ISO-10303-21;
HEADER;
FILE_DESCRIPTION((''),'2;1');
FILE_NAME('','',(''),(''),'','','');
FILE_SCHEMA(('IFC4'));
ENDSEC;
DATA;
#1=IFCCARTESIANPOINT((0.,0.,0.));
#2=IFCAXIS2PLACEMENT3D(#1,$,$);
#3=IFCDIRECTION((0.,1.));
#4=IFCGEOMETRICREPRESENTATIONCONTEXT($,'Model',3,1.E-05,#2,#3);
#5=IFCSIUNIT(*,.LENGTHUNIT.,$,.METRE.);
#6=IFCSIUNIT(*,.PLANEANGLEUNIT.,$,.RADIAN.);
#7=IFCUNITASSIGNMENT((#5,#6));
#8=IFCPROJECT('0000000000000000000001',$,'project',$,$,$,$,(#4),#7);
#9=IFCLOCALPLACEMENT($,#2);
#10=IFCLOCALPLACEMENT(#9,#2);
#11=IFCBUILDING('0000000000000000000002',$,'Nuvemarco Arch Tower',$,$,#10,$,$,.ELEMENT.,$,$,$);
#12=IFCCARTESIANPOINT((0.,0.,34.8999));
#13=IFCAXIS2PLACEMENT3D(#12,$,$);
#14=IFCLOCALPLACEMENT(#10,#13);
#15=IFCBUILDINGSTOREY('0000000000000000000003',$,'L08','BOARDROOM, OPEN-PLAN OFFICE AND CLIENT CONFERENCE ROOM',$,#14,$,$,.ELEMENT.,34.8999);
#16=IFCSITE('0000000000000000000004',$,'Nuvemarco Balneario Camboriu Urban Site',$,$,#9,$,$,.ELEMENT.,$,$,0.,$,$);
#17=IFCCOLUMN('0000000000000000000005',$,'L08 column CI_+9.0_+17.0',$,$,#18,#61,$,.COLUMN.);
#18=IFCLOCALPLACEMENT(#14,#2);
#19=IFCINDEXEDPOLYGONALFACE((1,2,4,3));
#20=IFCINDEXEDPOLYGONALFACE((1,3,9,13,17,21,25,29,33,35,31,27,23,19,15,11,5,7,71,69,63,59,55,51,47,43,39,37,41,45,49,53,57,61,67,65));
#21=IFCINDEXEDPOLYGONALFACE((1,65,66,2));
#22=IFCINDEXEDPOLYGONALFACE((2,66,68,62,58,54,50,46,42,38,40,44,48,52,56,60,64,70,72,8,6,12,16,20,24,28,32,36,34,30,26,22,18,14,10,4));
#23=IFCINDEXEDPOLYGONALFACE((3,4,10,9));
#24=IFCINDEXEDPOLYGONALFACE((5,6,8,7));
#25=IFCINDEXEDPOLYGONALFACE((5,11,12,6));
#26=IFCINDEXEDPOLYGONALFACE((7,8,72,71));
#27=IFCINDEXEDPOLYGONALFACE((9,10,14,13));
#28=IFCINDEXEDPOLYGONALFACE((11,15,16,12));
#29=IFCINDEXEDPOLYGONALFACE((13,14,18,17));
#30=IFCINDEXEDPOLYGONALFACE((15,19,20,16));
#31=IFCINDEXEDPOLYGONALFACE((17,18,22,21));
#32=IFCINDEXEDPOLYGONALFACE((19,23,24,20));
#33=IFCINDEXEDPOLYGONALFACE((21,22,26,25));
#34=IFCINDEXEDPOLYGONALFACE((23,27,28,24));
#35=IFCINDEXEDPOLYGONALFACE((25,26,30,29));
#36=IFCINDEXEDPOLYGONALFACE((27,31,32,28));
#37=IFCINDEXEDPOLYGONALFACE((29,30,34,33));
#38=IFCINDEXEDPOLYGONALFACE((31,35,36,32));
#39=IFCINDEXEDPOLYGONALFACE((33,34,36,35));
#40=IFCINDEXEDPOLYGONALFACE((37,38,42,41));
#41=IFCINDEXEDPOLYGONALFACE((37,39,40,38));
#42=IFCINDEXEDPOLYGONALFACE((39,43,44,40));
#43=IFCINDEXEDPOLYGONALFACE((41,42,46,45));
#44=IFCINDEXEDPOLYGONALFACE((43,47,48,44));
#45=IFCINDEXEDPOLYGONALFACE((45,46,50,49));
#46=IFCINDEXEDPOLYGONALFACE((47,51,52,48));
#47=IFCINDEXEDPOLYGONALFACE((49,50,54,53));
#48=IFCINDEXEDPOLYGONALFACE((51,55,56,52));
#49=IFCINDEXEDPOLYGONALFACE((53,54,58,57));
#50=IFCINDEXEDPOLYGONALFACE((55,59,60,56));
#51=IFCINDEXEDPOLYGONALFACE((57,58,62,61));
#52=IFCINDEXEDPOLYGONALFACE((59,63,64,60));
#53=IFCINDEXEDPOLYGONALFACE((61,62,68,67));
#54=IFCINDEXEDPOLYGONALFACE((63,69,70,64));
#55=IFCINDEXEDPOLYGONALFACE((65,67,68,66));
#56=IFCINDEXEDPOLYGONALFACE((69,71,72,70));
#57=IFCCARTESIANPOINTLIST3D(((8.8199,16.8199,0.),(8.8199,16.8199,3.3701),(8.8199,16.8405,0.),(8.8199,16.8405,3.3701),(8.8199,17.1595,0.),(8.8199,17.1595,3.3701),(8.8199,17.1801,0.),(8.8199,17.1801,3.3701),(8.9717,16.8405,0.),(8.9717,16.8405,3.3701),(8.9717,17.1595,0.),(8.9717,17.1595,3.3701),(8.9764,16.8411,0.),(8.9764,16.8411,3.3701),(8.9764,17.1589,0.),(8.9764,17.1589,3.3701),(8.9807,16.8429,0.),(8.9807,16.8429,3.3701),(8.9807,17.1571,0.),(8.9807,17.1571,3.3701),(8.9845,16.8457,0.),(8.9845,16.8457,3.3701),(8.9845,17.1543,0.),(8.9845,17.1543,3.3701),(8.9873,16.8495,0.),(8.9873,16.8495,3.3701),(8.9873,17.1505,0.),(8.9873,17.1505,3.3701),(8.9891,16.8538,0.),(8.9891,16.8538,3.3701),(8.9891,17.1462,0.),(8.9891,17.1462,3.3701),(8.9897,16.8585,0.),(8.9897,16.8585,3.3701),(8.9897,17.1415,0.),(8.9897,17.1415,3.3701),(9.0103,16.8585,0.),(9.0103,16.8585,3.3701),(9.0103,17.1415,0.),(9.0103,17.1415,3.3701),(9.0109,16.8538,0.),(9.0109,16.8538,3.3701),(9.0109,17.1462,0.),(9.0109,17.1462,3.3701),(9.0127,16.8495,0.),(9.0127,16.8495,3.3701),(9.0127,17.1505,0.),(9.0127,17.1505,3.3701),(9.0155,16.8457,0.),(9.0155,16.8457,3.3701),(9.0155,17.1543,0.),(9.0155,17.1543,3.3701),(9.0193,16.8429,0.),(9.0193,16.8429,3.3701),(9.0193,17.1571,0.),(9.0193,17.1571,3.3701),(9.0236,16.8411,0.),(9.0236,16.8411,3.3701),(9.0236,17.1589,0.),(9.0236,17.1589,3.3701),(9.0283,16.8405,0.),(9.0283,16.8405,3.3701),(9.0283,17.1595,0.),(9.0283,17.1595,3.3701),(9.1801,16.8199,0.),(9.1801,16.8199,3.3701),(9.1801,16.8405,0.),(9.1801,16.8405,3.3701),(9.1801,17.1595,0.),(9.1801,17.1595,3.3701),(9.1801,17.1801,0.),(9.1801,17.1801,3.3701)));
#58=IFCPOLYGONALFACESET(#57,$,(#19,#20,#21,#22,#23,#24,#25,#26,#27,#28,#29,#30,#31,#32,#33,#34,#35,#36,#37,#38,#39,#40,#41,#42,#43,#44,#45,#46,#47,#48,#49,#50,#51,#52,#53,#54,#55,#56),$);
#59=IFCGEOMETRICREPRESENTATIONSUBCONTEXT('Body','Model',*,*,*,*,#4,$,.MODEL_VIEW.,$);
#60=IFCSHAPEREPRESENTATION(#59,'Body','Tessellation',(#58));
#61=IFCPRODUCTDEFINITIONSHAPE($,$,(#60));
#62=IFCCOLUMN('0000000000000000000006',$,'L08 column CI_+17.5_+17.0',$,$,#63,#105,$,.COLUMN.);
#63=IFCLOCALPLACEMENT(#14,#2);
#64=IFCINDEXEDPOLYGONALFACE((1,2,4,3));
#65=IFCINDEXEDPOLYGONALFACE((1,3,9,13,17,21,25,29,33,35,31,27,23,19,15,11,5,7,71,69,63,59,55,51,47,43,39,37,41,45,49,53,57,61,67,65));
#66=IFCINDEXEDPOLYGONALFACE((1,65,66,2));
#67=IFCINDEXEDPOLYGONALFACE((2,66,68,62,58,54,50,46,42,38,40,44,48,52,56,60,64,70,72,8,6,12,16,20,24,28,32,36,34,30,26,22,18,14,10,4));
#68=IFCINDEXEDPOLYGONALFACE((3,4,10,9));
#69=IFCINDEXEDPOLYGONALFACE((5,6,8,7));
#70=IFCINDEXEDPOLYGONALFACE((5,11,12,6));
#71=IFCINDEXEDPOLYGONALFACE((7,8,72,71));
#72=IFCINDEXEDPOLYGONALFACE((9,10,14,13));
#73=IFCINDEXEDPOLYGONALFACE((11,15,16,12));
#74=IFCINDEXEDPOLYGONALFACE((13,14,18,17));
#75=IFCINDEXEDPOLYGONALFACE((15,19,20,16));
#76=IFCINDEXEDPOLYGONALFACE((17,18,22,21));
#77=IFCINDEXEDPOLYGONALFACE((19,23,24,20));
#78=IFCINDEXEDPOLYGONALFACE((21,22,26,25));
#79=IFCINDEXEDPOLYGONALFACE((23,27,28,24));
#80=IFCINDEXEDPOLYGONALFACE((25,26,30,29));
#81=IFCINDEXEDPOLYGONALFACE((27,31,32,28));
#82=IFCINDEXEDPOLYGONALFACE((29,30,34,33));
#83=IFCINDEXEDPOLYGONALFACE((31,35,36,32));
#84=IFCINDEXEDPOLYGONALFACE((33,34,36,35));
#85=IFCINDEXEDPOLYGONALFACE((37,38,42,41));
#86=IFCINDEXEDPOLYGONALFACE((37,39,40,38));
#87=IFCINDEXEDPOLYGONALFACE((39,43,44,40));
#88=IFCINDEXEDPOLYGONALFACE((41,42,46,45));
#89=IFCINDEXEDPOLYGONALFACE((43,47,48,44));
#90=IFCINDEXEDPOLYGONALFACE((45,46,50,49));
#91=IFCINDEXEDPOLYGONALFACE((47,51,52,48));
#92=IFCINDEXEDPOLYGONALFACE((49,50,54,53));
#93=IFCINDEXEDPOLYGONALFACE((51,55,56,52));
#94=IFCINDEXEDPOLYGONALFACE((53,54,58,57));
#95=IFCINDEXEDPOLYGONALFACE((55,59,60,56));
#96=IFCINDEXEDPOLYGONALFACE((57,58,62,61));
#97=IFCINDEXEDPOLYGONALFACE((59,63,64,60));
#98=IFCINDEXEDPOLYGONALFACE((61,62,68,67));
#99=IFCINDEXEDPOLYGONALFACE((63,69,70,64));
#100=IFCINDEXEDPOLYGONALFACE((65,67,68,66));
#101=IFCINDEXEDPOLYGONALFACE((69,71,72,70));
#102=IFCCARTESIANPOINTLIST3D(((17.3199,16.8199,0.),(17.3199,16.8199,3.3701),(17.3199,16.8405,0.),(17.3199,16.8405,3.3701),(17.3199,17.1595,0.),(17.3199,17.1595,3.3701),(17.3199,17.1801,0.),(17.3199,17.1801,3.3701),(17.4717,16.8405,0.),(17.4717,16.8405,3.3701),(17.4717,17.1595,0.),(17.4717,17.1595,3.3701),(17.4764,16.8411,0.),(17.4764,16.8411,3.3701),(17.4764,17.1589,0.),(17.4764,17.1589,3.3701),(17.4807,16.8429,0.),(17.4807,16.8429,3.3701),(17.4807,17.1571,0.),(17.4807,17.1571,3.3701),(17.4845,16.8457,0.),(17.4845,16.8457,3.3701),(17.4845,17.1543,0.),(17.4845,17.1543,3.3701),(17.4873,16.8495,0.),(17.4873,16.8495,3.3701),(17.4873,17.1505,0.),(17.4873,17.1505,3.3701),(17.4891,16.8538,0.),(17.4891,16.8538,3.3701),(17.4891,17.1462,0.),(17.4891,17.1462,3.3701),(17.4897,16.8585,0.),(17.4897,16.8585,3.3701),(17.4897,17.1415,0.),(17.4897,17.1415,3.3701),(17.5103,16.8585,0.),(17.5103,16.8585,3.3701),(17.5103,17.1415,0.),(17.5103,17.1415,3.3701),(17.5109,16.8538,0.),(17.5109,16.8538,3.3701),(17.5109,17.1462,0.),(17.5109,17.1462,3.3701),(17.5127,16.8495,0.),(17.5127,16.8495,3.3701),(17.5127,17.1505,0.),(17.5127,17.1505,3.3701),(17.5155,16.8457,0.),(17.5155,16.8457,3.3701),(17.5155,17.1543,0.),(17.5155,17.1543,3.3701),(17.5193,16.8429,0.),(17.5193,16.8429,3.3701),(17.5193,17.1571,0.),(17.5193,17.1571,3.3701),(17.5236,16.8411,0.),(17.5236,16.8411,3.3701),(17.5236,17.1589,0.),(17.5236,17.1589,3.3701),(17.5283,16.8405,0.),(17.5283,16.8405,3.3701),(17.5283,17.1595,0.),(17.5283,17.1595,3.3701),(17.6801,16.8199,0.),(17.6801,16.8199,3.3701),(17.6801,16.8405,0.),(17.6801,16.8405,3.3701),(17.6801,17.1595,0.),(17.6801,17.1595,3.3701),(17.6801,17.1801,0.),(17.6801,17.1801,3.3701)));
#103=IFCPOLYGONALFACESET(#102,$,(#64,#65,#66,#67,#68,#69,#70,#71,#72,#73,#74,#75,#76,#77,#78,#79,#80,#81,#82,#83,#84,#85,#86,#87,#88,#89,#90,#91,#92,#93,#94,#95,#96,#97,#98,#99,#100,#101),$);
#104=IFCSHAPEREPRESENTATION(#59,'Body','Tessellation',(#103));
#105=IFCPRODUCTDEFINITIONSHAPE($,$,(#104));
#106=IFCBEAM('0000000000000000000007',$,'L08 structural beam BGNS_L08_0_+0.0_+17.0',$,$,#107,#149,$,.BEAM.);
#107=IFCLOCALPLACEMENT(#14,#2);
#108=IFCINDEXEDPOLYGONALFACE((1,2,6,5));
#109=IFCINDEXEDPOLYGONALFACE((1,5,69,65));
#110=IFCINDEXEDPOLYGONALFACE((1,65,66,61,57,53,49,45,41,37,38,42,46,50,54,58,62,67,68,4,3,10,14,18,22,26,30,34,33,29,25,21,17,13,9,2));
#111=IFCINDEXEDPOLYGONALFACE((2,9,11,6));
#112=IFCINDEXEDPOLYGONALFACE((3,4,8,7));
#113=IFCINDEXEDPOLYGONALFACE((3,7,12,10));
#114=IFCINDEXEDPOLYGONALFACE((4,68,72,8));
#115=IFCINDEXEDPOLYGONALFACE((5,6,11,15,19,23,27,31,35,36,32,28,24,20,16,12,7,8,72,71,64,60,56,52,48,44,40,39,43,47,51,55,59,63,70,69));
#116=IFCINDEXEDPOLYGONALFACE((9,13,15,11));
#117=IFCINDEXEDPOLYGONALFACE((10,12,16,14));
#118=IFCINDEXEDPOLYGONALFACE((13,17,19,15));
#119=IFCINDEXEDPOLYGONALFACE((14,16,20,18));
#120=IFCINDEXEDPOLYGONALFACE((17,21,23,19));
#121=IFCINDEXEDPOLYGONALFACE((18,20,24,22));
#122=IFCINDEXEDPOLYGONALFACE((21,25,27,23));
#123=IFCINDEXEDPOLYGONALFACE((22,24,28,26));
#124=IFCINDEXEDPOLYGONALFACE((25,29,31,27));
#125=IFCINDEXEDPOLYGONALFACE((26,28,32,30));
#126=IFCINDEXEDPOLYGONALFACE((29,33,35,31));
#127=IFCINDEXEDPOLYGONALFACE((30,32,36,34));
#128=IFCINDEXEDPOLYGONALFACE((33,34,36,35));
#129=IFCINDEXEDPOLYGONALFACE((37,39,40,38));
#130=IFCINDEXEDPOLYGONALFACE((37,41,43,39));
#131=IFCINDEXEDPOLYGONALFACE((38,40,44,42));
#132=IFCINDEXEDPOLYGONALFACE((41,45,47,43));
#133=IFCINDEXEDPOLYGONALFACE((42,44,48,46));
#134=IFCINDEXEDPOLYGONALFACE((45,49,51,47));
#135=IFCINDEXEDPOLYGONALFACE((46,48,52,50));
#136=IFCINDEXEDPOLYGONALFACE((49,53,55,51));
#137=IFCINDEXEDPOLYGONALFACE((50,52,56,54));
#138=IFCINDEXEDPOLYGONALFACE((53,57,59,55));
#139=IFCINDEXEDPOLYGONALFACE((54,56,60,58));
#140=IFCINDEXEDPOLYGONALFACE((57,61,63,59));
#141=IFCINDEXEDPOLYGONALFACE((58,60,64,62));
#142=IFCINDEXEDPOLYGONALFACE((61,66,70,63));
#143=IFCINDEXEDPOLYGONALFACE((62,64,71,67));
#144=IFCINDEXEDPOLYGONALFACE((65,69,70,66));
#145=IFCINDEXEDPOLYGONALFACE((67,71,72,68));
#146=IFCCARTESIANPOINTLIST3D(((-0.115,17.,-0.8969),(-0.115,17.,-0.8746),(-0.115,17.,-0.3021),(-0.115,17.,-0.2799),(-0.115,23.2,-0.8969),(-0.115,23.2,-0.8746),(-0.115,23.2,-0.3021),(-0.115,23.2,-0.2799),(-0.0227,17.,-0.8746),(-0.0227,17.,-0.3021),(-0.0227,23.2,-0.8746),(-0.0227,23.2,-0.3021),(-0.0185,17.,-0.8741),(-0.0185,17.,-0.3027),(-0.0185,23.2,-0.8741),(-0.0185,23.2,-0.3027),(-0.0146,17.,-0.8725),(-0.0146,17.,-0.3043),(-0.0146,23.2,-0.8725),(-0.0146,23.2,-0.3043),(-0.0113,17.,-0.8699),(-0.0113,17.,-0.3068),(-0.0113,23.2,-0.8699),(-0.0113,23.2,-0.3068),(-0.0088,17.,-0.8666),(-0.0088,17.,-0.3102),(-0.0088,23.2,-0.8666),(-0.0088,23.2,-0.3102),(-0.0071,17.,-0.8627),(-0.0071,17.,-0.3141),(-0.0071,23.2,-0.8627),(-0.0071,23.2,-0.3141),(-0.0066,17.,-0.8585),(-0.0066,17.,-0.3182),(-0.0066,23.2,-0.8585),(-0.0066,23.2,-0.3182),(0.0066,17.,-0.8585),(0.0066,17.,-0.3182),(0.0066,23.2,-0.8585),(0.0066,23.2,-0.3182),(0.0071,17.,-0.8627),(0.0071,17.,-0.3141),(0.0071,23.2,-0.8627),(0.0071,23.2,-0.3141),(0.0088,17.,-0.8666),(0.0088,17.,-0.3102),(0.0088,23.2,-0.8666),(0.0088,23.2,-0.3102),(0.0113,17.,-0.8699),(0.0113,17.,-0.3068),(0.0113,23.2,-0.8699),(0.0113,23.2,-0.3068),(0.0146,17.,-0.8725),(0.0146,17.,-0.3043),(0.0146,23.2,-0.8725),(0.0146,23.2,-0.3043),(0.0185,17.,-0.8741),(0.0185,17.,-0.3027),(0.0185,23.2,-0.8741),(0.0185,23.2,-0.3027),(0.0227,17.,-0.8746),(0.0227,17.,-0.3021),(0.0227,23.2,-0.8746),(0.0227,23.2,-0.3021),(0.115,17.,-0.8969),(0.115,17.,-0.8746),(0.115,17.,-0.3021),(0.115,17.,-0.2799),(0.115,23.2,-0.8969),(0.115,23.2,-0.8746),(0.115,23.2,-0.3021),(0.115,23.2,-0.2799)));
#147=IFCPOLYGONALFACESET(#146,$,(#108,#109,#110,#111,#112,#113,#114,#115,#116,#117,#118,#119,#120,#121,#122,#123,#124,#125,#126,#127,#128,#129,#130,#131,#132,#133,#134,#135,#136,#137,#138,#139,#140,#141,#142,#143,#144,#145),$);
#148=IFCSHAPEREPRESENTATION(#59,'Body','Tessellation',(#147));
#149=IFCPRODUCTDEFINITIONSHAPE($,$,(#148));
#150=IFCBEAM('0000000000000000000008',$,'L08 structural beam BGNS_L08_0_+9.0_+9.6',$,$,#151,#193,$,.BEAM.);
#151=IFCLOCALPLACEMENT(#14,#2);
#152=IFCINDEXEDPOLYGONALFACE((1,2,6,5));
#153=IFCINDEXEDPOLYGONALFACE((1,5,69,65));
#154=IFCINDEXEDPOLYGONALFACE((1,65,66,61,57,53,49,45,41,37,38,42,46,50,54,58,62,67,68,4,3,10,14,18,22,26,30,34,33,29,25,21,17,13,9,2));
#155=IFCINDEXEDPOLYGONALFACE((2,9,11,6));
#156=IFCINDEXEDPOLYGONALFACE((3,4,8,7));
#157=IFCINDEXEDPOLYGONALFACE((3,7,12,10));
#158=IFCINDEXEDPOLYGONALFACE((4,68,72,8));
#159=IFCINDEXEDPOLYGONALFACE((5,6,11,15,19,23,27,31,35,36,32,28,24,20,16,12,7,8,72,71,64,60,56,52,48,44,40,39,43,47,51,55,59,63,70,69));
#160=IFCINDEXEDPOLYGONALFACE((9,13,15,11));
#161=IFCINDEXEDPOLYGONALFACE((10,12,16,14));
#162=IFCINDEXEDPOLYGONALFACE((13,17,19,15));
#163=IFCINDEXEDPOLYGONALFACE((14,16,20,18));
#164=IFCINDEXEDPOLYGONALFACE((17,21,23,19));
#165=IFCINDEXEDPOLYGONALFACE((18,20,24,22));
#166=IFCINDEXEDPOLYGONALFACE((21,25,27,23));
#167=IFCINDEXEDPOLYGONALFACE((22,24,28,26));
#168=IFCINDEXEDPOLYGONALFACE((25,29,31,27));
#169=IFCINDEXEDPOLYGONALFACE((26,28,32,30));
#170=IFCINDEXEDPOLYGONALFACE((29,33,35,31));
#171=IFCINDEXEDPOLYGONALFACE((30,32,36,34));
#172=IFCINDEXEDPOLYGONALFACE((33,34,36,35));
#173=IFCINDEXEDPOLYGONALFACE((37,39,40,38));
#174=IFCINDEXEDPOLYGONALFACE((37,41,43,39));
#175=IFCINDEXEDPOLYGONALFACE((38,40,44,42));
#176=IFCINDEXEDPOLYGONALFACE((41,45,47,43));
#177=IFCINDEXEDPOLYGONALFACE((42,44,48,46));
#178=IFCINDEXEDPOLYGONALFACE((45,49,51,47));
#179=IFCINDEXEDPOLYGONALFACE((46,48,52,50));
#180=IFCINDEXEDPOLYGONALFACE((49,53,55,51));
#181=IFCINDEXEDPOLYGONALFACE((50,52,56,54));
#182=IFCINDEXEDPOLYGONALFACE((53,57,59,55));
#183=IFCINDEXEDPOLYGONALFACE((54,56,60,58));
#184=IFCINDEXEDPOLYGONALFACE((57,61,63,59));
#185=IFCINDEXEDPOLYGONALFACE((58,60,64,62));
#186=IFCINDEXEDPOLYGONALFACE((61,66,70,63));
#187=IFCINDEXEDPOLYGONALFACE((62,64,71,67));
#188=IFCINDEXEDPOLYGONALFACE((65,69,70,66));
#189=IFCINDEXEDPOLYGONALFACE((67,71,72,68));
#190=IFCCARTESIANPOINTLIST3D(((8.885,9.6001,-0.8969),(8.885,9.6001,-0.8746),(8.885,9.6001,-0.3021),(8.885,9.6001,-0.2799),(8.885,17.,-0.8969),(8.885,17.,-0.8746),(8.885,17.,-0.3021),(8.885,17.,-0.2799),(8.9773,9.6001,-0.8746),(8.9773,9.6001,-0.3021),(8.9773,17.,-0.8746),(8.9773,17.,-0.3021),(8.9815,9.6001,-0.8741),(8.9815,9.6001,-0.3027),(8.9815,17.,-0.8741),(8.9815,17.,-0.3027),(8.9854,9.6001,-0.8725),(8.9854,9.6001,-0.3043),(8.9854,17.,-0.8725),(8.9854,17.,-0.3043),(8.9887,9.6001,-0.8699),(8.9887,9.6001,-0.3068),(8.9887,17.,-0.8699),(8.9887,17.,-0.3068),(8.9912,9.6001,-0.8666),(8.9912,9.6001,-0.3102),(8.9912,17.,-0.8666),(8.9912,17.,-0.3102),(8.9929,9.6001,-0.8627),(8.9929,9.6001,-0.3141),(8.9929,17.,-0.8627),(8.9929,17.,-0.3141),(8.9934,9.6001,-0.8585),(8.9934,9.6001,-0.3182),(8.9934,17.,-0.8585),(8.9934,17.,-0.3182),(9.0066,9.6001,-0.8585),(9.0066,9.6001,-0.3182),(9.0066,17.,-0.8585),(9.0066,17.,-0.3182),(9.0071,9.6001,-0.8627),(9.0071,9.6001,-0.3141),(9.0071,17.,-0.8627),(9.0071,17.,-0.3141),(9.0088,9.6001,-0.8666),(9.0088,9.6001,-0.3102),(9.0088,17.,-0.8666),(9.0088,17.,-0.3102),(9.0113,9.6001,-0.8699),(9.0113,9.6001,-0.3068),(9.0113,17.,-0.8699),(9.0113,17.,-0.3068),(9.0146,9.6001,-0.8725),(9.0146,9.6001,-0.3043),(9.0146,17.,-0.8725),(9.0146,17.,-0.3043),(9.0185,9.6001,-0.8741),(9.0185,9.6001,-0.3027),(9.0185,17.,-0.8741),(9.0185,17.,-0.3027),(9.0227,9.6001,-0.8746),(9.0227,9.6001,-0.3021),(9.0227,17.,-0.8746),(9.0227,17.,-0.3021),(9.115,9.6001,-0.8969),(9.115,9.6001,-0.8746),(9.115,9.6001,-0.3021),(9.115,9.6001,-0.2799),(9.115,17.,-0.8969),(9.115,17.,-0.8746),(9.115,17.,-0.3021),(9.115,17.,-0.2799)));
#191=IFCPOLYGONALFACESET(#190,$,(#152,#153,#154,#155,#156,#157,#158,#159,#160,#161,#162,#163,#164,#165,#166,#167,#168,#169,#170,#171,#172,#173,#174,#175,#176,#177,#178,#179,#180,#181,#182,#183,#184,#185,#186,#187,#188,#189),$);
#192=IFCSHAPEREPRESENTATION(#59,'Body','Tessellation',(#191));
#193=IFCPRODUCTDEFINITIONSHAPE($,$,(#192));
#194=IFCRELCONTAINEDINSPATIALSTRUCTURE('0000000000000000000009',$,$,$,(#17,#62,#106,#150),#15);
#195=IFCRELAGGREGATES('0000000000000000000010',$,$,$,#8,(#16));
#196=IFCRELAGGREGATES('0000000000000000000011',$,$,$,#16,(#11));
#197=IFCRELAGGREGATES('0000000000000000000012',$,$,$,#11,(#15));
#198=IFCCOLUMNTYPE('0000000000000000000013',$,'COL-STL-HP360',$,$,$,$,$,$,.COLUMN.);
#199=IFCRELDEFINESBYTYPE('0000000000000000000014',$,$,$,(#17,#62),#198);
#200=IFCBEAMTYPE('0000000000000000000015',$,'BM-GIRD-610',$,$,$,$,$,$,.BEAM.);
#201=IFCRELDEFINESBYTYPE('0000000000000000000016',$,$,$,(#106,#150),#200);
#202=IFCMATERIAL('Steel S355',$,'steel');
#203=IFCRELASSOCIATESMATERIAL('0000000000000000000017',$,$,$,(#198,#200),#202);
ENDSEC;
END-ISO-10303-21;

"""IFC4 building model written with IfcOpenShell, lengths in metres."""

from ifc_helpers import new_model, si_unit, direction, frame, origin, origin_2d, place, context, subcontext, project, spatial, i_section, extrude, material, material_profile, profile_set, type_object, element, save


model = new_model("IFC4")

# Units and contexts
model_context = context("Model", 3, precision=1e-05, world=origin(), true_north=direction((0.0, 1.0)))
body_context = subcontext(model_context, "Body", "Model", "MODEL_VIEW")
ifc_project = project(units=[si_unit("LENGTHUNIT", "METRE"), si_unit("PLANEANGLEUNIT", "RADIAN")], contexts=[model_context])

# Site, building, storey
site_placement = place(None, origin())
site = spatial("IfcSite", under=ifc_project, at=site_placement, Name="Nuvemarco Balneario Camboriu Urban Site", CompositionType="ELEMENT", RefElevation=0.0)
building_placement = place(site_placement, origin())
building = spatial("IfcBuilding", under=site, at=building_placement, Name="Nuvemarco Arch Tower", CompositionType="ELEMENT")
storey_placement = place(building_placement, frame((0.0, 0.0, 34.8999)))
storey = spatial("IfcBuildingStorey", under=building, at=storey_placement, Name="L08", Description="BOARDROOM, OPEN-PLAN OFFICE AND CLIENT CONFERENCE ROOM", CompositionType="ELEMENT", Elevation=34.8999)

# Columns
ifc_material_1 = material(Name="Steel S355", Category="steel")
ifc_material_profile_1 = material_profile(ifc_material_1, i_section(OverallWidth=0.3601, OverallDepth=0.3601, WebThickness=0.0205, FlangeThickness=0.0205, FilletRadius=0.0181, at=origin_2d()), Name="HP360x174")
ifc_profile_set_1 = profile_set([ifc_material_profile_1], Name="Steel S355")
column_type_1 = type_object("IfcColumnType", Name="COL-STL-HP360", PredefinedType="COLUMN", material=ifc_profile_set_1)
for number, where, z_axis, x_axis, name in (
    (1, (9.0, 17.0, 0.0), (0.0, 0.0, 1.0), (1.0, 0.0, 0.0), "L08 column CI_+9.0_+17.0"),
    (2, (17.5, 17.0, 0.0), (0.0, 0.0, 1.0), (1.0, 0.0, 0.0), "L08 column CI_+17.5_+17.0"),
):
    element("IfcColumn", number, at=place(storey_placement, frame(where, z_axis=z_axis, x_axis=x_axis)), inside=storey, type_object=column_type_1, Name=name, PredefinedType="COLUMN", context=body_context, shape_type="SweptSolid", body=[
        extrude(i_section(OverallWidth=0.3601, OverallDepth=0.3601, WebThickness=0.0205, FlangeThickness=0.0205, FilletRadius=0.0181, at=origin_2d()), origin(), (0.0, 0.0, 1.0), 3.3701),
    ])

# Beams
ifc_material_profile_2 = material_profile(ifc_material_1, i_section(OverallWidth=0.23, OverallDepth=0.6169, WebThickness=0.0132, FlangeThickness=0.0222, FilletRadius=0.0161, at=origin_2d()), Name="W610x140")
ifc_profile_set_2 = profile_set([ifc_material_profile_2], Name="Steel S355")
beam_type_1 = type_object("IfcBeamType", Name="BM-GIRD-610", PredefinedType="BEAM", material=ifc_profile_set_2)
beam_1_placement = place(storey_placement, frame((0.0, 17.0, -0.5884), z_axis=(0.0, 1.0, 0.0), x_axis=(-1.0, 0.0, 0.0)))
element("IfcBeam", 3, at=beam_1_placement, inside=storey, type_object=beam_type_1, Name="L08 structural beam BGNS_L08_0_+0.0_+17.0", PredefinedType="BEAM", context=body_context, shape_type="SweptSolid", body=[
    extrude(i_section(OverallWidth=0.23, OverallDepth=0.6169, WebThickness=0.0132, FlangeThickness=0.0222, FilletRadius=0.0161, at=origin_2d()), origin(), (0.0, 0.0, 1.0), 6.2),
])
beam_2_placement = place(storey_placement, frame((9.0, 9.6001, -0.5884), z_axis=(0.0, 1.0, 0.0), x_axis=(-1.0, 0.0, 0.0)))
element("IfcBeam", 4, at=beam_2_placement, inside=storey, type_object=beam_type_1, Name="L08 structural beam BGNS_L08_0_+9.0_+9.6", PredefinedType="BEAM", context=body_context, shape_type="SweptSolid", body=[
    extrude(i_section(OverallWidth=0.23, OverallDepth=0.6169, WebThickness=0.0132, FlangeThickness=0.0222, FilletRadius=0.0161, at=origin_2d()), origin(), (0.0, 0.0, 1.0), 7.3999),
])

save(model, "model.ifc")
